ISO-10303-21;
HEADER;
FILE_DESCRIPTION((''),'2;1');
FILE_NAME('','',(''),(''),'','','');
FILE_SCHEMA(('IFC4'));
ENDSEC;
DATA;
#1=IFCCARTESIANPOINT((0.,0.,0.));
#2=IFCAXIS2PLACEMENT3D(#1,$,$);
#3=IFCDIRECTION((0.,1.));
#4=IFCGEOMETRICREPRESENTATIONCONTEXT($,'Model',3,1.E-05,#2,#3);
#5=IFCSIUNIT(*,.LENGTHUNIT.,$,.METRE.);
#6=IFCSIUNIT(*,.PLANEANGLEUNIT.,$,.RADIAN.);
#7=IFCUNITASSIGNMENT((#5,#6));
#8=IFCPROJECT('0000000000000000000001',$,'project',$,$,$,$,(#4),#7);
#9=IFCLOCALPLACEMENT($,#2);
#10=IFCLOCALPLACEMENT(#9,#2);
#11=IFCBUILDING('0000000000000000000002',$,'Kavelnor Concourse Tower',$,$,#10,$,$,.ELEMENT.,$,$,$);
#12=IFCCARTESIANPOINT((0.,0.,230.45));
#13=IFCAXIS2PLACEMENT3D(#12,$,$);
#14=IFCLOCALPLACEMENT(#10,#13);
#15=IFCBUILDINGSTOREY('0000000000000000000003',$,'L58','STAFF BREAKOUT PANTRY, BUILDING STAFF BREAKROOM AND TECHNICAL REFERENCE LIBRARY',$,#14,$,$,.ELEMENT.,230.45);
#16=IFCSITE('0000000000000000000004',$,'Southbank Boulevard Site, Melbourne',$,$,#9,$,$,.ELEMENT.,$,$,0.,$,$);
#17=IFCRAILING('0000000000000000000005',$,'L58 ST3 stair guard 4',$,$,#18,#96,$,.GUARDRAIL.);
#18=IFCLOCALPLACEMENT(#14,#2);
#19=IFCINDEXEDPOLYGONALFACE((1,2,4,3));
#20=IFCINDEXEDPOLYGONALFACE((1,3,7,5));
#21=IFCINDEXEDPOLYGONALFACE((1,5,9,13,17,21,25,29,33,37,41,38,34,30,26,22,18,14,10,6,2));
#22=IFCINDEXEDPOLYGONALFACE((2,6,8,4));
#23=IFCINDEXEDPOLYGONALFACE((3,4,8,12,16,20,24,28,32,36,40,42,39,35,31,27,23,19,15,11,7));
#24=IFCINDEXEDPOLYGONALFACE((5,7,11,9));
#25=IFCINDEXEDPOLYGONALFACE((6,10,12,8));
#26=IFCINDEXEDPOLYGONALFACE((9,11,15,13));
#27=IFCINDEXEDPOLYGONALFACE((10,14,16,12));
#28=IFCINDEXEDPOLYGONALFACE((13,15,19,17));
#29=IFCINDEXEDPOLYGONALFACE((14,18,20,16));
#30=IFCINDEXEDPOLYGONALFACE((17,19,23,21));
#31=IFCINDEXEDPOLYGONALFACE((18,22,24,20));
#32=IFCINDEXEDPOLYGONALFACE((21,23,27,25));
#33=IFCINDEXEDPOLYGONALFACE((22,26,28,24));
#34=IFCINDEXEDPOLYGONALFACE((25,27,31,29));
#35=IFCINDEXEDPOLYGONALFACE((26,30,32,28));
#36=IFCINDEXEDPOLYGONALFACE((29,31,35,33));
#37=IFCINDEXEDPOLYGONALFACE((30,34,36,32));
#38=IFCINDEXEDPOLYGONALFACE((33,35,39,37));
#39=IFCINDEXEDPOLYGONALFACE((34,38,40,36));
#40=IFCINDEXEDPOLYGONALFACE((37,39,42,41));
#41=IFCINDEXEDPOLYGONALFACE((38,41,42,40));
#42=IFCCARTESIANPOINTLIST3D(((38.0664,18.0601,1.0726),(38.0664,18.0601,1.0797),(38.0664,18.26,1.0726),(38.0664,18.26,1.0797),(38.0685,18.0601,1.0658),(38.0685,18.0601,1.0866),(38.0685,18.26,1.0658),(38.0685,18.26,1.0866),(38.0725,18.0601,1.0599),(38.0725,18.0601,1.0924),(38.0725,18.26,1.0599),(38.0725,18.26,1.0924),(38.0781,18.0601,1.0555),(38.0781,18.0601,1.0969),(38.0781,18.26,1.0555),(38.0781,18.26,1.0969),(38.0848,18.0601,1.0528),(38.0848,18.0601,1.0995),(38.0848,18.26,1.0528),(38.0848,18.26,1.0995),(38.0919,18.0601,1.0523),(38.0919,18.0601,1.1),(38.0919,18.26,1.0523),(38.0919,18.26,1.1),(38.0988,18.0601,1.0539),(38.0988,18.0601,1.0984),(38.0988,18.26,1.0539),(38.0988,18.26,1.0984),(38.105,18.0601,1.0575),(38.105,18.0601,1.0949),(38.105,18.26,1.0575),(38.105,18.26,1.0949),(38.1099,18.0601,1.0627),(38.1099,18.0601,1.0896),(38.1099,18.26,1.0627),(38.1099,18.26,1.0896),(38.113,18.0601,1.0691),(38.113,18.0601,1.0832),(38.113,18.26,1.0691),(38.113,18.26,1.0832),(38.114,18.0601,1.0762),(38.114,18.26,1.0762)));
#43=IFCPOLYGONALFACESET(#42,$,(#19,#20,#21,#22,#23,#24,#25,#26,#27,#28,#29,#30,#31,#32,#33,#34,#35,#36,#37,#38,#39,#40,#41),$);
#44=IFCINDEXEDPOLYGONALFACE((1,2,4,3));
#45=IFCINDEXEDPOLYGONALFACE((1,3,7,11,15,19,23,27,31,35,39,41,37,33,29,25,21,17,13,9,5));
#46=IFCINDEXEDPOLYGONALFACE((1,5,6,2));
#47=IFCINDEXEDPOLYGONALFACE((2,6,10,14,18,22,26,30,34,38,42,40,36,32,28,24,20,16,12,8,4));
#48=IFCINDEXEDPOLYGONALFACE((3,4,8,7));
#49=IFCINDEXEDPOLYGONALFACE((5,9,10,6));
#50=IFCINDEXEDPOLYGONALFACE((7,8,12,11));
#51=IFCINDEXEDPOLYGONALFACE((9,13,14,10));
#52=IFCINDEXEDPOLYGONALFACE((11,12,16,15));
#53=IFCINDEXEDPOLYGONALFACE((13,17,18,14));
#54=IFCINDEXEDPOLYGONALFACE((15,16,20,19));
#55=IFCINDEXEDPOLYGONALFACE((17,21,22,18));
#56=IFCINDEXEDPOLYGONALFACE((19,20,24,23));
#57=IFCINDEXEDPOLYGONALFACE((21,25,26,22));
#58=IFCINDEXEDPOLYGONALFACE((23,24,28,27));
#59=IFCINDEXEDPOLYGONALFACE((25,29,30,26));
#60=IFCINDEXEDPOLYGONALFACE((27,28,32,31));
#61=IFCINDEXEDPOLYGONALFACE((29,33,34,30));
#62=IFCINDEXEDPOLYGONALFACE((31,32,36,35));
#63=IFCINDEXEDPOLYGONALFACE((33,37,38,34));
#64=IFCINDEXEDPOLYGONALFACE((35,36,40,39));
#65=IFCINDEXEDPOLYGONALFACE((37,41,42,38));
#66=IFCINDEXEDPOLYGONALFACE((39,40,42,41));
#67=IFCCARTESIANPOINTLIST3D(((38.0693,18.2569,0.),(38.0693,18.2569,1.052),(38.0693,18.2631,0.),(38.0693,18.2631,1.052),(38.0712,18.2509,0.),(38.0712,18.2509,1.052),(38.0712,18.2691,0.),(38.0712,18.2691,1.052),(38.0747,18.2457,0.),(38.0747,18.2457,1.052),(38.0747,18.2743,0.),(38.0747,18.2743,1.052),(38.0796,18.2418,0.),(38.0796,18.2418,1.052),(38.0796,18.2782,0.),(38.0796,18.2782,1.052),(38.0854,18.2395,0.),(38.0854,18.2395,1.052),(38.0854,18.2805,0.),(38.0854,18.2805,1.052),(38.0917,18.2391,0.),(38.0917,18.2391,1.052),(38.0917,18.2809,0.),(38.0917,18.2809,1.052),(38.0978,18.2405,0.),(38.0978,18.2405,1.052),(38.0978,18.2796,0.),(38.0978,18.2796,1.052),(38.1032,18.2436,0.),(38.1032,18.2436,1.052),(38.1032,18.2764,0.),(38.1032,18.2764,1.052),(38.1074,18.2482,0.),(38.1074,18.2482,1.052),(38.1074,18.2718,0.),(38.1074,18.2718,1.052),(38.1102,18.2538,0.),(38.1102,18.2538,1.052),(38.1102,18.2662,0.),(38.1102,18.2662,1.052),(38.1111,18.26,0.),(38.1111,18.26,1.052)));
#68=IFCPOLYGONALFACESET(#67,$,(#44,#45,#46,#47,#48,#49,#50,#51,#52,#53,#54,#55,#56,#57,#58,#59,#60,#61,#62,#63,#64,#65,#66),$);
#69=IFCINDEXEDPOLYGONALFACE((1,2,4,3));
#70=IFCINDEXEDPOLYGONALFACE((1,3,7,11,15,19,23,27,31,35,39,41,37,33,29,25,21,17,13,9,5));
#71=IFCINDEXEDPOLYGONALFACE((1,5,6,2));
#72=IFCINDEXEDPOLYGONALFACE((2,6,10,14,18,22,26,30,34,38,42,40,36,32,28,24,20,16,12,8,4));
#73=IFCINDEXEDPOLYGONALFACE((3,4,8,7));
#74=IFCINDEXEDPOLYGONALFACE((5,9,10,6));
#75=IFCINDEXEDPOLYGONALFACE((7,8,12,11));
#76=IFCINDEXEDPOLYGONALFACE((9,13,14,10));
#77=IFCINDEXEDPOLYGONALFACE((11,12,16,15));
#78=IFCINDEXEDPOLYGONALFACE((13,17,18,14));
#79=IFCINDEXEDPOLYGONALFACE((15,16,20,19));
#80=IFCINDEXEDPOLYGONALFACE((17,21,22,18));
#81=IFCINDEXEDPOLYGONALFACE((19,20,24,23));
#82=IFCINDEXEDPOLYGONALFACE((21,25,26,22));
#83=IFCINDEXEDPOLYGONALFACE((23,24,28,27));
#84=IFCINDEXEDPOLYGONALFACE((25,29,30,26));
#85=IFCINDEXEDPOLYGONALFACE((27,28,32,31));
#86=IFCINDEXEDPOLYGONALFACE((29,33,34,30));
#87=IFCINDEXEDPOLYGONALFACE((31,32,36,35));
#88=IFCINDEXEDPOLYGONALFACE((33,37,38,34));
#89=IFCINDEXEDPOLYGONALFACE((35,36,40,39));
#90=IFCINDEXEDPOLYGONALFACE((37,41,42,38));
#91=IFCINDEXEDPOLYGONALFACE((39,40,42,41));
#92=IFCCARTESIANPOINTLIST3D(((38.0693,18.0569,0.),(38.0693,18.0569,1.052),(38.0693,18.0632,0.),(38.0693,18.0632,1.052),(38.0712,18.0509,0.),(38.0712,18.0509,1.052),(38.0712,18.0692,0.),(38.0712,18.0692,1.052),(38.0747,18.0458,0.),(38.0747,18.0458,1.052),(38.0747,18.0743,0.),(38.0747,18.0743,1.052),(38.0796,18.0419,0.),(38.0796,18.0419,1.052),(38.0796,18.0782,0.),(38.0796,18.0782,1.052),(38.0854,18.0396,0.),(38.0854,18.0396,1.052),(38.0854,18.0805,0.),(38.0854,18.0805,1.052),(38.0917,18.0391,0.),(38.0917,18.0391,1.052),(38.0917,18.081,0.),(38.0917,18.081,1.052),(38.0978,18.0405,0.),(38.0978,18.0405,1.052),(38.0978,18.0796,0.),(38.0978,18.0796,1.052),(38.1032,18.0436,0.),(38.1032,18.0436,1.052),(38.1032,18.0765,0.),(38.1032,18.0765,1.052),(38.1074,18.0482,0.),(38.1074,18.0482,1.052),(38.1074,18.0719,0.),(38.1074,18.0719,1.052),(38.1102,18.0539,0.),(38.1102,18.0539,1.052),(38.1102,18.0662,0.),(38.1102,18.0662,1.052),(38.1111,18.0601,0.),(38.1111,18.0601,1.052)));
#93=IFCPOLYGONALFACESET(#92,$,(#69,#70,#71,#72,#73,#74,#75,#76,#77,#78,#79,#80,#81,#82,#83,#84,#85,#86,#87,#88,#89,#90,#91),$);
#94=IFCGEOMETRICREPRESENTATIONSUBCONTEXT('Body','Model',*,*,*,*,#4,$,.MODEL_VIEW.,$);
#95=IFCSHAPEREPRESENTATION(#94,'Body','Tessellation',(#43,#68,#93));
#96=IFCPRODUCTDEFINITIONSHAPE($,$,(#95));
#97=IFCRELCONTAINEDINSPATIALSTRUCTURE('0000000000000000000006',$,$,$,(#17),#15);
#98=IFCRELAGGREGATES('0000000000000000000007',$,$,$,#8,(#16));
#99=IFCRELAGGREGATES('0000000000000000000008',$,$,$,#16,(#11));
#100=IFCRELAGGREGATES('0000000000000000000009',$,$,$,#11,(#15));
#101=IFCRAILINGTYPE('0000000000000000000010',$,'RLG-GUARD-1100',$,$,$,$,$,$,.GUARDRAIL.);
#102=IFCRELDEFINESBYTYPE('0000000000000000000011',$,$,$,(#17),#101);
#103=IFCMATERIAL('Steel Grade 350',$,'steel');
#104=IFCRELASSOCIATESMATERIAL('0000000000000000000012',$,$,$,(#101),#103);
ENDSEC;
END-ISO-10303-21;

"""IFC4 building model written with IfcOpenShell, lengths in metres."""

from ifc_helpers import new_model, si_unit, direction, frame, origin, origin_2d, place, context, subcontext, project, spatial, circle, extrude, material, type_object, element, save


model = new_model("IFC4")

# Units and contexts
model_context = context("Model", 3, precision=1e-05, world=origin(), true_north=direction((0.0, 1.0)))
body_context = subcontext(model_context, "Body", "Model", "MODEL_VIEW")
ifc_project = project(units=[si_unit("LENGTHUNIT", "METRE"), si_unit("PLANEANGLEUNIT", "RADIAN")], contexts=[model_context])

# Site, building, storey
site_placement = place(None, origin())
site = spatial("IfcSite", under=ifc_project, at=site_placement, Name="Southbank Boulevard Site, Melbourne", CompositionType="ELEMENT", RefElevation=0.0)
building_placement = place(site_placement, origin())
building = spatial("IfcBuilding", under=site, at=building_placement, Name="Kavelnor Concourse Tower", CompositionType="ELEMENT")
storey_placement = place(building_placement, frame((0.0, 0.0, 230.45)))
storey = spatial("IfcBuildingStorey", under=building, at=storey_placement, Name="L58", Description="STAFF BREAKOUT PANTRY, BUILDING STAFF BREAKROOM AND TECHNICAL REFERENCE LIBRARY", CompositionType="ELEMENT", Elevation=230.45)

# Shared definitions
ifc_material_1 = material(Name="Steel Grade 350", Category="steel")

# Railing
railing_type_1 = type_object("IfcRailingType", Name="RLG-GUARD-1100", PredefinedType="GUARDRAIL", material=ifc_material_1)
railing_1_placement = place(storey_placement, frame((38.0901, 18.26, 0.0)))
element("IfcRailing", 1, at=railing_1_placement, inside=storey, type_object=railing_type_1, Name="L58 ST3 stair guard 4", PredefinedType="GUARDRAIL", context=body_context, shape_type="SweptSolid", body=[
    extrude(circle(Radius=0.0239, at=origin_2d()), frame((0.0, 0.0, 1.0762), z_axis=(0.0, -1.0, 0.0), x_axis=(1.0, 0.0, 0.0)), (0.0, 0.0, 1.0), 0.2),
    extrude(circle(Radius=0.021, at=origin_2d()), origin(), (0.0, 0.0, 1.0), 1.052),
    extrude(circle(Radius=0.021, at=origin_2d()), frame((0.0, -0.2, 0.0)), (0.0, 0.0, 1.0), 1.052),
])

save(model, "model.ifc")
